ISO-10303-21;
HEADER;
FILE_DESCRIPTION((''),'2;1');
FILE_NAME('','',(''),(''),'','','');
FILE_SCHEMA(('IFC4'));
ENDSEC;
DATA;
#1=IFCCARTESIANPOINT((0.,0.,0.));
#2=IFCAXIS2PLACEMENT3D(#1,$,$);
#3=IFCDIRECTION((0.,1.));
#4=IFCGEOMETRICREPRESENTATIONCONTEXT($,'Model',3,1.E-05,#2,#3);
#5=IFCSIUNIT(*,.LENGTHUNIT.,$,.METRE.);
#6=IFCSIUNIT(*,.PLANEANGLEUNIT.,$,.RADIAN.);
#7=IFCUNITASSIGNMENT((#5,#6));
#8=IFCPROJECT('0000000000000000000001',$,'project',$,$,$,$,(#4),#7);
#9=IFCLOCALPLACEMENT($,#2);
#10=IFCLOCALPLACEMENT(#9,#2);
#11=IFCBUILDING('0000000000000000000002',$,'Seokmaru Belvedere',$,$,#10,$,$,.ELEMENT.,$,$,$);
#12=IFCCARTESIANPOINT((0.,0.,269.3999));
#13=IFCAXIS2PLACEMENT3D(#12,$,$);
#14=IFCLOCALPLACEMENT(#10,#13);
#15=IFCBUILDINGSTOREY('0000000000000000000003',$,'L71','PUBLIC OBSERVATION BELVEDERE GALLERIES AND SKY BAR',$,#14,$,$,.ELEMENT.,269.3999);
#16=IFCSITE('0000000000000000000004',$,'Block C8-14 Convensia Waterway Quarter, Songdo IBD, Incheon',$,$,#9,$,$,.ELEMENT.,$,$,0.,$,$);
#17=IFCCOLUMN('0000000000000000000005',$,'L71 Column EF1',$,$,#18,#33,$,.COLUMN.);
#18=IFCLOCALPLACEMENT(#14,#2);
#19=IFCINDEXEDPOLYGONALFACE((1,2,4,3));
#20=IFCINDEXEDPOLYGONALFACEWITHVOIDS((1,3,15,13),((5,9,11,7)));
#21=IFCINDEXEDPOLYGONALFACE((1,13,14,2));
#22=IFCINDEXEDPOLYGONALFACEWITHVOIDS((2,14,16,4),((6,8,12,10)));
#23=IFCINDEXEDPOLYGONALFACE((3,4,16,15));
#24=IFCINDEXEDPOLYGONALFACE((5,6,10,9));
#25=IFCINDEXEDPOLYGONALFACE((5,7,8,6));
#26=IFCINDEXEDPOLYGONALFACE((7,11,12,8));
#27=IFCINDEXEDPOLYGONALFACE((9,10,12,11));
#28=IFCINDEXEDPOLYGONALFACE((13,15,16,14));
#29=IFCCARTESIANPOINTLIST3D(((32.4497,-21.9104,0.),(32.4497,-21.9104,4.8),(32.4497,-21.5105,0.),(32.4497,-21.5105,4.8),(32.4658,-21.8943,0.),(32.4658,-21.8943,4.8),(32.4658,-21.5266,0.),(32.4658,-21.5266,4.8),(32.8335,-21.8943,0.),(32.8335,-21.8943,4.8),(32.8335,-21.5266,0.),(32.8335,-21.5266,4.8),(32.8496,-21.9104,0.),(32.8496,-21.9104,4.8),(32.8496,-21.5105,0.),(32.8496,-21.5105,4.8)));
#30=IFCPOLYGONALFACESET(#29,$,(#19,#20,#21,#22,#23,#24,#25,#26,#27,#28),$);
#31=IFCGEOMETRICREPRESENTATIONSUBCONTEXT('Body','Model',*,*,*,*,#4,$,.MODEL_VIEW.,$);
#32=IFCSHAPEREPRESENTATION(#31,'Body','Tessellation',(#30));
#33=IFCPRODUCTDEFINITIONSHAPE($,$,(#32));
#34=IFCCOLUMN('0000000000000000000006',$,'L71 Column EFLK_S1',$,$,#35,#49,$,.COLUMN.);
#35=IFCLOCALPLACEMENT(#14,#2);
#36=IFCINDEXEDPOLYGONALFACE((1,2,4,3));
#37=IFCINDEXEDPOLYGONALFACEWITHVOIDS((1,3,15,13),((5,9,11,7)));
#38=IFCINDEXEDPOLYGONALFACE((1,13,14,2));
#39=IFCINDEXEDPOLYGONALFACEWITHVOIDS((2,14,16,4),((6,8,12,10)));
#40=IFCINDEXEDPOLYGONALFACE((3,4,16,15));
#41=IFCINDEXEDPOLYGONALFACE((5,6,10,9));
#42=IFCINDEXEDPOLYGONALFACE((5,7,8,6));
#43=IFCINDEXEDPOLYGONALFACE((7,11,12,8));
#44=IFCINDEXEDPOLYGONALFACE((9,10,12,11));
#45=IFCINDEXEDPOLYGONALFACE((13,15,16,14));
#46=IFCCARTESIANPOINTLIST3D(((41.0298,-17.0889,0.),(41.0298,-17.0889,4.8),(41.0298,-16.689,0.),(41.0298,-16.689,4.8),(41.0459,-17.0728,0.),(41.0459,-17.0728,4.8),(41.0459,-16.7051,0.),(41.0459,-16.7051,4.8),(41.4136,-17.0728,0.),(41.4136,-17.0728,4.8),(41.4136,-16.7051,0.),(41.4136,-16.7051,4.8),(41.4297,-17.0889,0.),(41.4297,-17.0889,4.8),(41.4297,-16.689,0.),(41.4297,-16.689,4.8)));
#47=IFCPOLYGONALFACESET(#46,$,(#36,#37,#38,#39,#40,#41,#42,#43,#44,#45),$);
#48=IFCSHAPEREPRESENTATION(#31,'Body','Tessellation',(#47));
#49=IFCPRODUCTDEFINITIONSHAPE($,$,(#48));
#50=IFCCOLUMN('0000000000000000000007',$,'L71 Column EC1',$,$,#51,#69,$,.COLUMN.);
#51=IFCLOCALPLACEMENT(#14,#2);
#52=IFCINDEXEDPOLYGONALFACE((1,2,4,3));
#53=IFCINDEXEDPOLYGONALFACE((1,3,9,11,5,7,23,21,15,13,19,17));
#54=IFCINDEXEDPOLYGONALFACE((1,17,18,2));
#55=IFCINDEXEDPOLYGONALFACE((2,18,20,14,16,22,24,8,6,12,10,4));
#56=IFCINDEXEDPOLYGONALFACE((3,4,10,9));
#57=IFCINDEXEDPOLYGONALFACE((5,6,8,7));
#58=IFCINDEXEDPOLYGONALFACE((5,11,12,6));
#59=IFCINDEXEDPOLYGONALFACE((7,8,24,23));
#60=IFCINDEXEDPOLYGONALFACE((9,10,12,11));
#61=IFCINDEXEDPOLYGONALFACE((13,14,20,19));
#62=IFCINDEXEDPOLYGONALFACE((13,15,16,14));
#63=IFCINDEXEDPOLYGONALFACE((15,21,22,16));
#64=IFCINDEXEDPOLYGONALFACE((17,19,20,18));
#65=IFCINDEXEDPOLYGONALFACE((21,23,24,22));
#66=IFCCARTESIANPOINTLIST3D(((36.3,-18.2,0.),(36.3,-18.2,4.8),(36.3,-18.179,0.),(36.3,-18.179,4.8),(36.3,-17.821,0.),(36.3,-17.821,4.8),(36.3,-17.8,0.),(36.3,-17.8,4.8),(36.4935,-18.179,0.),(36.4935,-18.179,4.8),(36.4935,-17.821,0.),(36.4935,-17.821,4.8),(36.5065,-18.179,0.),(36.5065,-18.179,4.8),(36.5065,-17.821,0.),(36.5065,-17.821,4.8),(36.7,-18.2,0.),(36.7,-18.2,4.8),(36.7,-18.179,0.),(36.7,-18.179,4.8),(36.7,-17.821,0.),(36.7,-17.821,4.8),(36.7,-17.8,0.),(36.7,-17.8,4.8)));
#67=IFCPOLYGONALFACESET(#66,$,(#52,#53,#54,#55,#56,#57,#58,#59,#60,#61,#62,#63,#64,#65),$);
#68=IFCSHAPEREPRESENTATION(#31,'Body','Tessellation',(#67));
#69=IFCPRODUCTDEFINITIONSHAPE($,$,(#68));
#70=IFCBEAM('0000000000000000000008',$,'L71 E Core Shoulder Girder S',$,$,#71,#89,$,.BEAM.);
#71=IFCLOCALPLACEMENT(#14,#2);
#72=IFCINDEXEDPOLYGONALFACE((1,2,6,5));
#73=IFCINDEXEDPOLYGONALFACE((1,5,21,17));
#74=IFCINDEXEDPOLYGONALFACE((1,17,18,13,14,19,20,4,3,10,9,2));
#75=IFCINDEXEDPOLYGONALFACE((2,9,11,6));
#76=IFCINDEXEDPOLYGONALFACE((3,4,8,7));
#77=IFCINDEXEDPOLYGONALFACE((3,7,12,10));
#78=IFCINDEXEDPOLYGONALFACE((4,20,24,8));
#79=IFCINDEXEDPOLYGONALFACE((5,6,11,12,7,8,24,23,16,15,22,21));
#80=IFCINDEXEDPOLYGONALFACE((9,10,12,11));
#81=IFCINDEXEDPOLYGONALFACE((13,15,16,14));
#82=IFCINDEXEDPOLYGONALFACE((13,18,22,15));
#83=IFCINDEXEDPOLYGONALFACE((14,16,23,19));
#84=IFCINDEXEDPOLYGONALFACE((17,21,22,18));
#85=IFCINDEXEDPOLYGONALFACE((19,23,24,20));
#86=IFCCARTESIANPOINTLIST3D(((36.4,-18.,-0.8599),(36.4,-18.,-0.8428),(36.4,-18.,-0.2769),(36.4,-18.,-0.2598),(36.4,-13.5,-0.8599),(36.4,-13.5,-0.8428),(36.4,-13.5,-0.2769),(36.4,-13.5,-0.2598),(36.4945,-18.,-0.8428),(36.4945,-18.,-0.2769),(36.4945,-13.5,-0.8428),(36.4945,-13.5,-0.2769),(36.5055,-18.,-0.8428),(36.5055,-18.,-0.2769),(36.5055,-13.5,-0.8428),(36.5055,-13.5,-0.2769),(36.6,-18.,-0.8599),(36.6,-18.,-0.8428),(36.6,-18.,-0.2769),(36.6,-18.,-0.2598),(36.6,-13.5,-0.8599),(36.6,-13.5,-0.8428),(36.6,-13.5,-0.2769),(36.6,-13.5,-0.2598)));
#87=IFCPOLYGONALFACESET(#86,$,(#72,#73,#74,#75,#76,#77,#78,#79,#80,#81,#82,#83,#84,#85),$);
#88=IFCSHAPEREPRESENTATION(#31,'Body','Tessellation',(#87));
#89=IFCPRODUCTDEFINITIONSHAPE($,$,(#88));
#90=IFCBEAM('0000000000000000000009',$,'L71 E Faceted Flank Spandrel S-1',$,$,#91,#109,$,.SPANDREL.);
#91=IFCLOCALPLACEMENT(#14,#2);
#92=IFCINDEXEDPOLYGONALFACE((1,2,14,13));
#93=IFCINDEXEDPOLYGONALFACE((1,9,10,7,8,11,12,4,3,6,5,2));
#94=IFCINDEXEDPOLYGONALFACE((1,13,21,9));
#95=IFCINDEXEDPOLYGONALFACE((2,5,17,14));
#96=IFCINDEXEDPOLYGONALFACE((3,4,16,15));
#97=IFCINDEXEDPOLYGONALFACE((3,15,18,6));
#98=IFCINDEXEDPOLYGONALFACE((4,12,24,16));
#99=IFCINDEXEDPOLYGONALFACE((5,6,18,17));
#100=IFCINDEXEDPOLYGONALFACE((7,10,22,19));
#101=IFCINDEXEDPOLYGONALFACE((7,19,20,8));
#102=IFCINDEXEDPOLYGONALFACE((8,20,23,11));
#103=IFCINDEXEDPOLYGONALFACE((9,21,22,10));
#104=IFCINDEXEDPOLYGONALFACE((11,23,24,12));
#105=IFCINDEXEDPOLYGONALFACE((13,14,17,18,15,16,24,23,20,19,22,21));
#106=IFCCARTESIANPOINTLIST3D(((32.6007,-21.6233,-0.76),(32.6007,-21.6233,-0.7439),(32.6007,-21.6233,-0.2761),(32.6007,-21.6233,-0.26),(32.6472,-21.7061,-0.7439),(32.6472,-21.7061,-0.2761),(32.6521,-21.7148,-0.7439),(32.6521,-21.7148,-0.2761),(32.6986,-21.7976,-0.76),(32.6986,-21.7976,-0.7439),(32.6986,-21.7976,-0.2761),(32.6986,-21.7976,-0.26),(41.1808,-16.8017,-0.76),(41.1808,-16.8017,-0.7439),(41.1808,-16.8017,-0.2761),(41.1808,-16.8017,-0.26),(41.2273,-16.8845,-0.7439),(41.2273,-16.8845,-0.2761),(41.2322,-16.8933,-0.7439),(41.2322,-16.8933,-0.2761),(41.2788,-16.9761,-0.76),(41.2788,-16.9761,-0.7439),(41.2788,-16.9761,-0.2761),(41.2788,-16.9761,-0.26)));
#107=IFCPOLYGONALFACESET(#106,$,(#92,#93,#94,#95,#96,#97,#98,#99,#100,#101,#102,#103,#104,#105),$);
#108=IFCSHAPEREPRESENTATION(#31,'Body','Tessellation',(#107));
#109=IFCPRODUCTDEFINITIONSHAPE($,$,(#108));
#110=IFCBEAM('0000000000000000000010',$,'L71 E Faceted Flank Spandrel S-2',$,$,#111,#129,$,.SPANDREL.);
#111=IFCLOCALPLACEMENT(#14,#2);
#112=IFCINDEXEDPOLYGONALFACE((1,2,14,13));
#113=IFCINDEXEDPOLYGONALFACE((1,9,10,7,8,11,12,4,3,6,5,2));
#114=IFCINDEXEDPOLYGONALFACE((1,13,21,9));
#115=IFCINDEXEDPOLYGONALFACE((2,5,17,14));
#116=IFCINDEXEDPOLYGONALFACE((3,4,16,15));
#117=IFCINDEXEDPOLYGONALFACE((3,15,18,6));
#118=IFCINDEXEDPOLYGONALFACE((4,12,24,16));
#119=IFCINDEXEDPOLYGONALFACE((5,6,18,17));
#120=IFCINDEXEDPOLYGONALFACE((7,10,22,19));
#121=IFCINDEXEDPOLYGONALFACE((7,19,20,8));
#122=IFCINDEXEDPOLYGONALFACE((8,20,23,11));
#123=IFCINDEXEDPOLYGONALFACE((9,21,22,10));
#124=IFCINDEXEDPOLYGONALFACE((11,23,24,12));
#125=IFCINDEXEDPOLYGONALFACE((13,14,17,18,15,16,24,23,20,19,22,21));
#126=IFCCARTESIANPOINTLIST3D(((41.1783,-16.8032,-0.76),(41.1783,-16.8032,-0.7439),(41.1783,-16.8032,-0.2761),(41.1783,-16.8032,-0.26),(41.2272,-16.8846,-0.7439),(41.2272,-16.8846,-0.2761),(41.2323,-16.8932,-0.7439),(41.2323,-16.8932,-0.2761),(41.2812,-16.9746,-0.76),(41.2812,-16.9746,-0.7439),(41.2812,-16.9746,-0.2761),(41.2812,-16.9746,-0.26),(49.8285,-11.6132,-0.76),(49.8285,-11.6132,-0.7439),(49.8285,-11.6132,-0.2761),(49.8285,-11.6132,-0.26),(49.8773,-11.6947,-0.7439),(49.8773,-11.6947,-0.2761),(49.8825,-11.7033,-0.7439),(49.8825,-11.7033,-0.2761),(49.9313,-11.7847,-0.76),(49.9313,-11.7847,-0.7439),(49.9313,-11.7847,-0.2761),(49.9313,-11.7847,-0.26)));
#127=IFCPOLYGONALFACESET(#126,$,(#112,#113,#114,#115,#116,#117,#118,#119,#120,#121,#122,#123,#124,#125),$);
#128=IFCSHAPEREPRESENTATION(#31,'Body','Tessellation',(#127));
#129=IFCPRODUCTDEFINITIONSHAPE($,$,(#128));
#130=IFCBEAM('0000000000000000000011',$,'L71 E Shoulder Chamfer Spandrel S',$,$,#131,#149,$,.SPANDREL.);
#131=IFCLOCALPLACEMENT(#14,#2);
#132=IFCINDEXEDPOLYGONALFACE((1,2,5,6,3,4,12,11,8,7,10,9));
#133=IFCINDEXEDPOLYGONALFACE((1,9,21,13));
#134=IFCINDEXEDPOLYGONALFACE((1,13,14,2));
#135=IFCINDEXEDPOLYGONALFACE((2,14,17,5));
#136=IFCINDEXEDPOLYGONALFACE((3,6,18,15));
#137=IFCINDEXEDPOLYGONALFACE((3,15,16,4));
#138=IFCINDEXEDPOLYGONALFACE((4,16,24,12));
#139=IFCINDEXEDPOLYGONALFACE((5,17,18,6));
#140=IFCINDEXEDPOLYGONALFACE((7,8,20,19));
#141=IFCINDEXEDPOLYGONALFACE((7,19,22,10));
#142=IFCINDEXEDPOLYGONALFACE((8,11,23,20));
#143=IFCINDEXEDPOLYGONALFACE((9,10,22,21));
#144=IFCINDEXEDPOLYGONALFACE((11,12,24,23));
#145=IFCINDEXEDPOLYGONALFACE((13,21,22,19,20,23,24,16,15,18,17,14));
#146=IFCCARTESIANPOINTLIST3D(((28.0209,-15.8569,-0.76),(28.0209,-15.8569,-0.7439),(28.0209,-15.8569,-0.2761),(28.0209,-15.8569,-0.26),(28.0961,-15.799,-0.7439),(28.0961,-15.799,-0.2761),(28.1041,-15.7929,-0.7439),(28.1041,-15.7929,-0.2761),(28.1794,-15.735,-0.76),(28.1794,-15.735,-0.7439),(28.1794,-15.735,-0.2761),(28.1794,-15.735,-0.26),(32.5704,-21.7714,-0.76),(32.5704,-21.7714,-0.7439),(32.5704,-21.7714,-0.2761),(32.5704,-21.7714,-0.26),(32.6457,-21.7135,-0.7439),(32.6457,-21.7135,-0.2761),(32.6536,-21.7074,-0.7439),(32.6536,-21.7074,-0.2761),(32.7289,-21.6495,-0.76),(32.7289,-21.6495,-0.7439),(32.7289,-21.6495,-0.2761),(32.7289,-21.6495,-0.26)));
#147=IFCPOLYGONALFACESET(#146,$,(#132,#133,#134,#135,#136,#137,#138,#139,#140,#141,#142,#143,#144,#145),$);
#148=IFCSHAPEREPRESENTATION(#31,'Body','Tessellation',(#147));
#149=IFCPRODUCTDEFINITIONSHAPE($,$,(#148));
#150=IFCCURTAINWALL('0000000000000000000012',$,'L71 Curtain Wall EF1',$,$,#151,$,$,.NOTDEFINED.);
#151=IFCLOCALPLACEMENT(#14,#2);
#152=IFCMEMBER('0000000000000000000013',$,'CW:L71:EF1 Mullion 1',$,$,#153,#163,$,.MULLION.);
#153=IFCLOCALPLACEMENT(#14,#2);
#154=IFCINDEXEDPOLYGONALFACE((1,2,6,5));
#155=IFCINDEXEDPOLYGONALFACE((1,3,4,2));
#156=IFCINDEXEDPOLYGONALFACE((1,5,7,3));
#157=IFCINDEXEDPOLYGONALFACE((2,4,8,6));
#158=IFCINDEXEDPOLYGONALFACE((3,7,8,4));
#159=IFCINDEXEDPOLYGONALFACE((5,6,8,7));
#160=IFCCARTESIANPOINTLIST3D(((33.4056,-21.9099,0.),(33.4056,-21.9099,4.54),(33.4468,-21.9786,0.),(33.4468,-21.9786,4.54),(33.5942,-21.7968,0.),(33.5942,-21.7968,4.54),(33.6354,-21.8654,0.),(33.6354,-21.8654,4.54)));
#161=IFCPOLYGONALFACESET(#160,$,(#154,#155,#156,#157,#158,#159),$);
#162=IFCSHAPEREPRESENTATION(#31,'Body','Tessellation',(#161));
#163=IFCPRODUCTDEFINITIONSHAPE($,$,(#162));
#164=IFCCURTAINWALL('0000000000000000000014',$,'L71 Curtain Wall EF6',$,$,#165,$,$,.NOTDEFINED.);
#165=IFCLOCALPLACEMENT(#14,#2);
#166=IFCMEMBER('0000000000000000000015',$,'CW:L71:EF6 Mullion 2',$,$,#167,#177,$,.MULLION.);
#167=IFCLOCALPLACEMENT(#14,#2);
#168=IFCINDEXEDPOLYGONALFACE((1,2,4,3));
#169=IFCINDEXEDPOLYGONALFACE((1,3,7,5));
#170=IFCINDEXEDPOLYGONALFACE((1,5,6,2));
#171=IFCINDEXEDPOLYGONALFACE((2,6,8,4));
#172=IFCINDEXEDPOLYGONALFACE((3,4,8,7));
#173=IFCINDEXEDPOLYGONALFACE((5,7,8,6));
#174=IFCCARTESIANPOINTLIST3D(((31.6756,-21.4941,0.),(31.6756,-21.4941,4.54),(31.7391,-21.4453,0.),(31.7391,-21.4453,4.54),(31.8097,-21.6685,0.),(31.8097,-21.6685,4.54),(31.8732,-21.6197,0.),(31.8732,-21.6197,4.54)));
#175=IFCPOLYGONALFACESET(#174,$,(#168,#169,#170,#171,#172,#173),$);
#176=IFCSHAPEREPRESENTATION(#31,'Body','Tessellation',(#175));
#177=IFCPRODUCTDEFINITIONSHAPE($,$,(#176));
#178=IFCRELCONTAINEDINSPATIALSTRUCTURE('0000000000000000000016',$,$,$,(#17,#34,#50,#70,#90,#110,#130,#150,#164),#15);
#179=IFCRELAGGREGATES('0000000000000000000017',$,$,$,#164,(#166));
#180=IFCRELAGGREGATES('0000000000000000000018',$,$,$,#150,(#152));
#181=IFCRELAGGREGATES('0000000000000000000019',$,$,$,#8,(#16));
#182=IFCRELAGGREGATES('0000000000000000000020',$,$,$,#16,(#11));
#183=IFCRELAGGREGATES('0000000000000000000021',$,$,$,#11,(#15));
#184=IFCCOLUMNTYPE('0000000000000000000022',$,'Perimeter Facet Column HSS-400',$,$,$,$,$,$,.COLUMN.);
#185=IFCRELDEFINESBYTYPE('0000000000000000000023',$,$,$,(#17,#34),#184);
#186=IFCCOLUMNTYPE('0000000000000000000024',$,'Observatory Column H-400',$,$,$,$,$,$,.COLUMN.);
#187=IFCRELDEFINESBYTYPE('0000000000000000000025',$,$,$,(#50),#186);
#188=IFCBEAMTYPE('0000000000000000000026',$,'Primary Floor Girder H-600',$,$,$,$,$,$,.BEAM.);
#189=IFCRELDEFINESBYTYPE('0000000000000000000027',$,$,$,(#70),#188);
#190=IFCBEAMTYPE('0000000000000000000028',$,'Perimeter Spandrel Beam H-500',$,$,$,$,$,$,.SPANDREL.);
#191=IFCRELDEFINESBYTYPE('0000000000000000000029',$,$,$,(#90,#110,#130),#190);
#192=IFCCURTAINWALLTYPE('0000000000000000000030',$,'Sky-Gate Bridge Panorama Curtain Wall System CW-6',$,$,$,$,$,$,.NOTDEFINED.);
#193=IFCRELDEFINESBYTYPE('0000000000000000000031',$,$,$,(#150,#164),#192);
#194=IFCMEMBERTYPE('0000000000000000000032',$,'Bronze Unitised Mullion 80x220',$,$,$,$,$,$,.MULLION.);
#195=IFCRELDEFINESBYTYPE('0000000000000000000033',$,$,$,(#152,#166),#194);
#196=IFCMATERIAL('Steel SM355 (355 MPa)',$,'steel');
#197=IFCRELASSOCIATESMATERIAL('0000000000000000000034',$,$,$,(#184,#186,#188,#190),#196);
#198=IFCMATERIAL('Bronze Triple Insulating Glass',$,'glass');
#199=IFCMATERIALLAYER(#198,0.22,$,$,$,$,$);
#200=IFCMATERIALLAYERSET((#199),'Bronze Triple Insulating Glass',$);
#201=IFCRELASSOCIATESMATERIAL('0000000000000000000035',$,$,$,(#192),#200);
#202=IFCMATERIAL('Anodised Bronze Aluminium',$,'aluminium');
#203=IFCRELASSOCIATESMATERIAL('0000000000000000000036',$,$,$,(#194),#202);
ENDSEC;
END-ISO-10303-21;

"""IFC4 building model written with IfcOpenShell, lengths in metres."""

from ifc_helpers import new_model, si_unit, direction, frame, origin, origin_2d, place, context, subcontext, project, spatial, rectangle, hollow_rectangle, i_section, extrude, source, transform, mapped, material, layer, layer_set, material_profile, profile_set, type_object, type_shapes, element, aggregate, save


model = new_model("IFC4")

# Units and contexts
model_context = context("Model", 3, precision=1e-05, world=origin(), true_north=direction((0.0, 1.0)))
body_context = subcontext(model_context, "Body", "Model", "MODEL_VIEW")
ifc_project = project(units=[si_unit("LENGTHUNIT", "METRE"), si_unit("PLANEANGLEUNIT", "RADIAN")], contexts=[model_context])

# Site, building, storey
site_placement = place(None, origin())
site = spatial("IfcSite", under=ifc_project, at=site_placement, Name="Block C8-14 Convensia Waterway Quarter, Songdo IBD, Incheon", CompositionType="ELEMENT", RefElevation=0.0)
building_placement = place(site_placement, origin())
building = spatial("IfcBuilding", under=site, at=building_placement, Name="Seokmaru Belvedere", CompositionType="ELEMENT")
storey_placement = place(building_placement, frame((0.0, 0.0, 269.3999)))
storey = spatial("IfcBuildingStorey", under=building, at=storey_placement, Name="L71", Description="PUBLIC OBSERVATION BELVEDERE GALLERIES AND SKY BAR", CompositionType="ELEMENT", Elevation=269.3999)

# Columns
ifc_material_1 = material(Name="Steel SM355 (355 MPa)", Category="steel")
ifc_material_profile_1 = material_profile(ifc_material_1, hollow_rectangle(XDim=0.3999, YDim=0.3999, WallThickness=0.0161, at=origin_2d()), Name="HSS-400x400x16")
ifc_profile_set_1 = profile_set([ifc_material_profile_1], Name="Steel SM355 (355 MPa)")
column_type_1 = type_object("IfcColumnType", Name="Perimeter Facet Column HSS-400", PredefinedType="COLUMN", material=ifc_profile_set_1)
shared_shape_1 = source(origin(), body_context, "Body", "SweptSolid", [
    extrude(hollow_rectangle(XDim=0.3999, YDim=0.3999, WallThickness=0.0161, at=origin_2d()), origin(), (0.0, 0.0, 1.0), 4.8),
])
type_shapes(column_type_1, [shared_shape_1])
for number, where, z_axis, x_axis, name in (
    (1, (32.6497, -21.7104, 0.0), (0.0, 0.0, 1.0), (1.0, 0.0, 0.0), "L71 Column EF1"),
    (2, (41.2297, -16.8889, 0.0), (0.0, 0.0, 1.0), (1.0, 0.0, 0.0), "L71 Column EFLK_S1"),
):
    element("IfcColumn", number, at=place(storey_placement, frame(where, z_axis=z_axis, x_axis=x_axis)), inside=storey, type_object=column_type_1, Name=name, PredefinedType="COLUMN", context=body_context, shape_type="MappedRepresentation", body=[
        mapped(shared_shape_1, transform((0.0, 0.0, 0.0), scale=1.0)),
    ])
ifc_material_profile_2 = material_profile(ifc_material_1, i_section(OverallWidth=0.3999, OverallDepth=0.3999, WebThickness=0.0129, FlangeThickness=0.021, at=origin_2d()), Name="H-400x400x13x21")
ifc_profile_set_2 = profile_set([ifc_material_profile_2], Name="Steel SM355 (355 MPa)")
column_type_2 = type_object("IfcColumnType", Name="Observatory Column H-400", PredefinedType="COLUMN", material=ifc_profile_set_2)
shared_shape_2 = source(origin(), body_context, "Body", "SweptSolid", [
    extrude(i_section(OverallWidth=0.3999, OverallDepth=0.3999, WebThickness=0.0129, FlangeThickness=0.021, at=origin_2d()), origin(), (0.0, 0.0, 1.0), 4.8),
])
type_shapes(column_type_2, [shared_shape_2])
column_placement = place(storey_placement, frame((36.5, -18.0, 0.0), z_axis=(0.0, 0.0, 1.0), x_axis=(1.0, 0.0, 0.0)))
element("IfcColumn", 3, at=column_placement, inside=storey, type_object=column_type_2, Name="L71 Column EC1", PredefinedType="COLUMN", context=body_context, shape_type="MappedRepresentation", body=[
    mapped(shared_shape_2, transform((0.0, 0.0, 0.0), scale=1.0)),
])

# Beams
ifc_material_profile_3 = material_profile(ifc_material_1, i_section(OverallWidth=0.2, OverallDepth=0.6001, WebThickness=0.011, FlangeThickness=0.0171, at=origin_2d()), Name="H-600x200x11x17")
ifc_profile_set_3 = profile_set([ifc_material_profile_3], Name="Steel SM355 (355 MPa)")
beam_type_1 = type_object("IfcBeamType", Name="Primary Floor Girder H-600", PredefinedType="BEAM", material=ifc_profile_set_3)
shared_shape_3 = source(origin(), body_context, "Body", "SweptSolid", [
    extrude(i_section(OverallWidth=0.2, OverallDepth=0.6001, WebThickness=0.011, FlangeThickness=0.0171, at=origin_2d()), origin(), (0.0, 0.0, 1.0), 4.5),
])
type_shapes(beam_type_1, [shared_shape_3])
beam_1_placement = place(storey_placement, frame((36.5, -18.0, -0.5598), z_axis=(0.0, 1.0, 0.0), x_axis=(-1.0, 0.0, 0.0)))
element("IfcBeam", 4, at=beam_1_placement, inside=storey, type_object=beam_type_1, Name="L71 E Core Shoulder Girder S", PredefinedType="BEAM", context=body_context, shape_type="MappedRepresentation", body=[
    mapped(shared_shape_3, transform((0.0, 0.0, 0.0), scale=1.0)),
])
ifc_material_profile_4 = material_profile(ifc_material_1, i_section(OverallWidth=0.2, OverallDepth=0.5, WebThickness=0.01, FlangeThickness=0.0161, at=origin_2d()), Name="H-500x200x10x16")
ifc_profile_set_4 = profile_set([ifc_material_profile_4], Name="Steel SM355 (355 MPa)")
beam_type_2 = type_object("IfcBeamType", Name="Perimeter Spandrel Beam H-500", PredefinedType="SPANDREL", material=ifc_profile_set_4)
shared_shape_4 = source(origin(), body_context, "Body", "SweptSolid", [
    extrude(i_section(OverallWidth=0.2, OverallDepth=0.5, WebThickness=0.01, FlangeThickness=0.0161, at=origin_2d()), origin(), (0.0, 0.0, 1.0), 9.842),
])
beam_2_placement = place(storey_placement, frame((32.6497, -21.7104, -0.51), z_axis=(0.871782, 0.489894, 0.0), x_axis=(-0.489894, 0.871782, 0.0)))
element("IfcBeam", 5, at=beam_2_placement, inside=storey, type_object=beam_type_2, Name="L71 E Faceted Flank Spandrel S-1", PredefinedType="SPANDREL", context=body_context, shape_type="MappedRepresentation", body=[
    mapped(shared_shape_4, transform((0.0, 0.0, 0.0), scale=1.0)),
])
shared_shape_5 = source(origin(), body_context, "Body", "SweptSolid", [
    extrude(i_section(OverallWidth=0.2, OverallDepth=0.5, WebThickness=0.01, FlangeThickness=0.0161, at=origin_2d()), origin(), (0.0, 0.0, 1.0), 10.0876),
])
beam_3_placement = place(storey_placement, frame((41.2297, -16.8889, -0.51), z_axis=(0.857499, 0.514485, 0.0), x_axis=(-0.514485, 0.857499, 0.0)))
element("IfcBeam", 6, at=beam_3_placement, inside=storey, type_object=beam_type_2, Name="L71 E Faceted Flank Spandrel S-2", PredefinedType="SPANDREL", context=body_context, shape_type="MappedRepresentation", body=[
    mapped(shared_shape_5, transform((0.0, 0.0, 0.0), scale=1.0)),
])
shared_shape_6 = source(origin(), body_context, "Body", "SweptSolid", [
    extrude(i_section(OverallWidth=0.2, OverallDepth=0.5, WebThickness=0.01, FlangeThickness=0.0161, at=origin_2d()), origin(), (0.0, 0.0, 1.0), 7.4619),
])
type_shapes(beam_type_2, [shared_shape_4, shared_shape_5, shared_shape_6])
beam_4_placement = place(storey_placement, frame((32.6497, -21.7104, -0.51), z_axis=(-0.609703, 0.79263, 0.0), x_axis=(-0.79263, -0.609703, 0.0)))
element("IfcBeam", 7, at=beam_4_placement, inside=storey, type_object=beam_type_2, Name="L71 E Shoulder Chamfer Spandrel S", PredefinedType="SPANDREL", context=body_context, shape_type="MappedRepresentation", body=[
    mapped(shared_shape_6, transform((0.0, 0.0, 0.0), scale=1.0)),
])

# Curtain walls, members
ifc_material_2 = material(Name="Bronze Triple Insulating Glass", Category="glass")
ifc_layer_1 = layer(ifc_material_2, 0.22)
ifc_layer_set_1 = layer_set([ifc_layer_1], Name="Bronze Triple Insulating Glass")
curtain_wall_type = type_object("IfcCurtainWallType", Name="Sky-Gate Bridge Panorama Curtain Wall System CW-6", PredefinedType="NOTDEFINED", material=ifc_layer_set_1)
curtain_wall_1_placement = place(storey_placement, origin())
curtain_wall_1 = element("IfcCurtainWall", 8, at=curtain_wall_1_placement, inside=storey, type_object=curtain_wall_type, Name="L71 Curtain Wall EF1", PredefinedType="NOTDEFINED")
ifc_material_3 = material(Name="Anodised Bronze Aluminium", Category="aluminium")
ifc_material_profile_5 = material_profile(ifc_material_3, rectangle(XDim=0.0801, YDim=0.22, at=origin_2d()), Name="CW-M-80x220")
ifc_profile_set_5 = profile_set([ifc_material_profile_5], Name="Anodised Bronze Aluminium")
member_type_1 = type_object("IfcMemberType", Name="Bronze Unitised Mullion 80x220", PredefinedType="MULLION", material=ifc_profile_set_5)
shared_shape_7 = source(origin(), body_context, "Body", "SweptSolid", [
    extrude(rectangle(XDim=0.0801, YDim=0.22, at=origin_2d()), origin(), (0.0, 0.0, 1.0), 4.54),
])
member_1_placement = place(storey_placement, frame((33.5205, -21.8877, 0.0), z_axis=(0.0, 0.0, 1.0), x_axis=(-0.514495, 0.857493, 0.0)))
member_1 = element("IfcMember", 9, at=member_1_placement, type_object=member_type_1, Name="CW:L71:EF1 Mullion 1", PredefinedType="MULLION", context=body_context, shape_type="MappedRepresentation", body=[
    mapped(shared_shape_7, transform((0.0, 0.0, 0.0), scale=1.0)),
])
curtain_wall_2_placement = place(storey_placement, origin())
curtain_wall_2 = element("IfcCurtainWall", 10, at=curtain_wall_2_placement, inside=storey, type_object=curtain_wall_type, Name="L71 Curtain Wall EF6", PredefinedType="NOTDEFINED")
member_2_placement = place(storey_placement, frame((31.7744, -21.5569, 0.0), z_axis=(0.0, 0.0, 1.0), x_axis=(0.792631, 0.609701, 0.0)))
member_2 = element("IfcMember", 11, at=member_2_placement, type_object=member_type_1, Name="CW:L71:EF6 Mullion 2", PredefinedType="MULLION", context=body_context, shape_type="MappedRepresentation", body=[
    mapped(shared_shape_7, transform((0.0, 0.0, 0.0), scale=1.0)),
])
aggregate(curtain_wall_2, [member_2])

aggregate(curtain_wall_1, [member_1])

save(model, "model.ifc")
